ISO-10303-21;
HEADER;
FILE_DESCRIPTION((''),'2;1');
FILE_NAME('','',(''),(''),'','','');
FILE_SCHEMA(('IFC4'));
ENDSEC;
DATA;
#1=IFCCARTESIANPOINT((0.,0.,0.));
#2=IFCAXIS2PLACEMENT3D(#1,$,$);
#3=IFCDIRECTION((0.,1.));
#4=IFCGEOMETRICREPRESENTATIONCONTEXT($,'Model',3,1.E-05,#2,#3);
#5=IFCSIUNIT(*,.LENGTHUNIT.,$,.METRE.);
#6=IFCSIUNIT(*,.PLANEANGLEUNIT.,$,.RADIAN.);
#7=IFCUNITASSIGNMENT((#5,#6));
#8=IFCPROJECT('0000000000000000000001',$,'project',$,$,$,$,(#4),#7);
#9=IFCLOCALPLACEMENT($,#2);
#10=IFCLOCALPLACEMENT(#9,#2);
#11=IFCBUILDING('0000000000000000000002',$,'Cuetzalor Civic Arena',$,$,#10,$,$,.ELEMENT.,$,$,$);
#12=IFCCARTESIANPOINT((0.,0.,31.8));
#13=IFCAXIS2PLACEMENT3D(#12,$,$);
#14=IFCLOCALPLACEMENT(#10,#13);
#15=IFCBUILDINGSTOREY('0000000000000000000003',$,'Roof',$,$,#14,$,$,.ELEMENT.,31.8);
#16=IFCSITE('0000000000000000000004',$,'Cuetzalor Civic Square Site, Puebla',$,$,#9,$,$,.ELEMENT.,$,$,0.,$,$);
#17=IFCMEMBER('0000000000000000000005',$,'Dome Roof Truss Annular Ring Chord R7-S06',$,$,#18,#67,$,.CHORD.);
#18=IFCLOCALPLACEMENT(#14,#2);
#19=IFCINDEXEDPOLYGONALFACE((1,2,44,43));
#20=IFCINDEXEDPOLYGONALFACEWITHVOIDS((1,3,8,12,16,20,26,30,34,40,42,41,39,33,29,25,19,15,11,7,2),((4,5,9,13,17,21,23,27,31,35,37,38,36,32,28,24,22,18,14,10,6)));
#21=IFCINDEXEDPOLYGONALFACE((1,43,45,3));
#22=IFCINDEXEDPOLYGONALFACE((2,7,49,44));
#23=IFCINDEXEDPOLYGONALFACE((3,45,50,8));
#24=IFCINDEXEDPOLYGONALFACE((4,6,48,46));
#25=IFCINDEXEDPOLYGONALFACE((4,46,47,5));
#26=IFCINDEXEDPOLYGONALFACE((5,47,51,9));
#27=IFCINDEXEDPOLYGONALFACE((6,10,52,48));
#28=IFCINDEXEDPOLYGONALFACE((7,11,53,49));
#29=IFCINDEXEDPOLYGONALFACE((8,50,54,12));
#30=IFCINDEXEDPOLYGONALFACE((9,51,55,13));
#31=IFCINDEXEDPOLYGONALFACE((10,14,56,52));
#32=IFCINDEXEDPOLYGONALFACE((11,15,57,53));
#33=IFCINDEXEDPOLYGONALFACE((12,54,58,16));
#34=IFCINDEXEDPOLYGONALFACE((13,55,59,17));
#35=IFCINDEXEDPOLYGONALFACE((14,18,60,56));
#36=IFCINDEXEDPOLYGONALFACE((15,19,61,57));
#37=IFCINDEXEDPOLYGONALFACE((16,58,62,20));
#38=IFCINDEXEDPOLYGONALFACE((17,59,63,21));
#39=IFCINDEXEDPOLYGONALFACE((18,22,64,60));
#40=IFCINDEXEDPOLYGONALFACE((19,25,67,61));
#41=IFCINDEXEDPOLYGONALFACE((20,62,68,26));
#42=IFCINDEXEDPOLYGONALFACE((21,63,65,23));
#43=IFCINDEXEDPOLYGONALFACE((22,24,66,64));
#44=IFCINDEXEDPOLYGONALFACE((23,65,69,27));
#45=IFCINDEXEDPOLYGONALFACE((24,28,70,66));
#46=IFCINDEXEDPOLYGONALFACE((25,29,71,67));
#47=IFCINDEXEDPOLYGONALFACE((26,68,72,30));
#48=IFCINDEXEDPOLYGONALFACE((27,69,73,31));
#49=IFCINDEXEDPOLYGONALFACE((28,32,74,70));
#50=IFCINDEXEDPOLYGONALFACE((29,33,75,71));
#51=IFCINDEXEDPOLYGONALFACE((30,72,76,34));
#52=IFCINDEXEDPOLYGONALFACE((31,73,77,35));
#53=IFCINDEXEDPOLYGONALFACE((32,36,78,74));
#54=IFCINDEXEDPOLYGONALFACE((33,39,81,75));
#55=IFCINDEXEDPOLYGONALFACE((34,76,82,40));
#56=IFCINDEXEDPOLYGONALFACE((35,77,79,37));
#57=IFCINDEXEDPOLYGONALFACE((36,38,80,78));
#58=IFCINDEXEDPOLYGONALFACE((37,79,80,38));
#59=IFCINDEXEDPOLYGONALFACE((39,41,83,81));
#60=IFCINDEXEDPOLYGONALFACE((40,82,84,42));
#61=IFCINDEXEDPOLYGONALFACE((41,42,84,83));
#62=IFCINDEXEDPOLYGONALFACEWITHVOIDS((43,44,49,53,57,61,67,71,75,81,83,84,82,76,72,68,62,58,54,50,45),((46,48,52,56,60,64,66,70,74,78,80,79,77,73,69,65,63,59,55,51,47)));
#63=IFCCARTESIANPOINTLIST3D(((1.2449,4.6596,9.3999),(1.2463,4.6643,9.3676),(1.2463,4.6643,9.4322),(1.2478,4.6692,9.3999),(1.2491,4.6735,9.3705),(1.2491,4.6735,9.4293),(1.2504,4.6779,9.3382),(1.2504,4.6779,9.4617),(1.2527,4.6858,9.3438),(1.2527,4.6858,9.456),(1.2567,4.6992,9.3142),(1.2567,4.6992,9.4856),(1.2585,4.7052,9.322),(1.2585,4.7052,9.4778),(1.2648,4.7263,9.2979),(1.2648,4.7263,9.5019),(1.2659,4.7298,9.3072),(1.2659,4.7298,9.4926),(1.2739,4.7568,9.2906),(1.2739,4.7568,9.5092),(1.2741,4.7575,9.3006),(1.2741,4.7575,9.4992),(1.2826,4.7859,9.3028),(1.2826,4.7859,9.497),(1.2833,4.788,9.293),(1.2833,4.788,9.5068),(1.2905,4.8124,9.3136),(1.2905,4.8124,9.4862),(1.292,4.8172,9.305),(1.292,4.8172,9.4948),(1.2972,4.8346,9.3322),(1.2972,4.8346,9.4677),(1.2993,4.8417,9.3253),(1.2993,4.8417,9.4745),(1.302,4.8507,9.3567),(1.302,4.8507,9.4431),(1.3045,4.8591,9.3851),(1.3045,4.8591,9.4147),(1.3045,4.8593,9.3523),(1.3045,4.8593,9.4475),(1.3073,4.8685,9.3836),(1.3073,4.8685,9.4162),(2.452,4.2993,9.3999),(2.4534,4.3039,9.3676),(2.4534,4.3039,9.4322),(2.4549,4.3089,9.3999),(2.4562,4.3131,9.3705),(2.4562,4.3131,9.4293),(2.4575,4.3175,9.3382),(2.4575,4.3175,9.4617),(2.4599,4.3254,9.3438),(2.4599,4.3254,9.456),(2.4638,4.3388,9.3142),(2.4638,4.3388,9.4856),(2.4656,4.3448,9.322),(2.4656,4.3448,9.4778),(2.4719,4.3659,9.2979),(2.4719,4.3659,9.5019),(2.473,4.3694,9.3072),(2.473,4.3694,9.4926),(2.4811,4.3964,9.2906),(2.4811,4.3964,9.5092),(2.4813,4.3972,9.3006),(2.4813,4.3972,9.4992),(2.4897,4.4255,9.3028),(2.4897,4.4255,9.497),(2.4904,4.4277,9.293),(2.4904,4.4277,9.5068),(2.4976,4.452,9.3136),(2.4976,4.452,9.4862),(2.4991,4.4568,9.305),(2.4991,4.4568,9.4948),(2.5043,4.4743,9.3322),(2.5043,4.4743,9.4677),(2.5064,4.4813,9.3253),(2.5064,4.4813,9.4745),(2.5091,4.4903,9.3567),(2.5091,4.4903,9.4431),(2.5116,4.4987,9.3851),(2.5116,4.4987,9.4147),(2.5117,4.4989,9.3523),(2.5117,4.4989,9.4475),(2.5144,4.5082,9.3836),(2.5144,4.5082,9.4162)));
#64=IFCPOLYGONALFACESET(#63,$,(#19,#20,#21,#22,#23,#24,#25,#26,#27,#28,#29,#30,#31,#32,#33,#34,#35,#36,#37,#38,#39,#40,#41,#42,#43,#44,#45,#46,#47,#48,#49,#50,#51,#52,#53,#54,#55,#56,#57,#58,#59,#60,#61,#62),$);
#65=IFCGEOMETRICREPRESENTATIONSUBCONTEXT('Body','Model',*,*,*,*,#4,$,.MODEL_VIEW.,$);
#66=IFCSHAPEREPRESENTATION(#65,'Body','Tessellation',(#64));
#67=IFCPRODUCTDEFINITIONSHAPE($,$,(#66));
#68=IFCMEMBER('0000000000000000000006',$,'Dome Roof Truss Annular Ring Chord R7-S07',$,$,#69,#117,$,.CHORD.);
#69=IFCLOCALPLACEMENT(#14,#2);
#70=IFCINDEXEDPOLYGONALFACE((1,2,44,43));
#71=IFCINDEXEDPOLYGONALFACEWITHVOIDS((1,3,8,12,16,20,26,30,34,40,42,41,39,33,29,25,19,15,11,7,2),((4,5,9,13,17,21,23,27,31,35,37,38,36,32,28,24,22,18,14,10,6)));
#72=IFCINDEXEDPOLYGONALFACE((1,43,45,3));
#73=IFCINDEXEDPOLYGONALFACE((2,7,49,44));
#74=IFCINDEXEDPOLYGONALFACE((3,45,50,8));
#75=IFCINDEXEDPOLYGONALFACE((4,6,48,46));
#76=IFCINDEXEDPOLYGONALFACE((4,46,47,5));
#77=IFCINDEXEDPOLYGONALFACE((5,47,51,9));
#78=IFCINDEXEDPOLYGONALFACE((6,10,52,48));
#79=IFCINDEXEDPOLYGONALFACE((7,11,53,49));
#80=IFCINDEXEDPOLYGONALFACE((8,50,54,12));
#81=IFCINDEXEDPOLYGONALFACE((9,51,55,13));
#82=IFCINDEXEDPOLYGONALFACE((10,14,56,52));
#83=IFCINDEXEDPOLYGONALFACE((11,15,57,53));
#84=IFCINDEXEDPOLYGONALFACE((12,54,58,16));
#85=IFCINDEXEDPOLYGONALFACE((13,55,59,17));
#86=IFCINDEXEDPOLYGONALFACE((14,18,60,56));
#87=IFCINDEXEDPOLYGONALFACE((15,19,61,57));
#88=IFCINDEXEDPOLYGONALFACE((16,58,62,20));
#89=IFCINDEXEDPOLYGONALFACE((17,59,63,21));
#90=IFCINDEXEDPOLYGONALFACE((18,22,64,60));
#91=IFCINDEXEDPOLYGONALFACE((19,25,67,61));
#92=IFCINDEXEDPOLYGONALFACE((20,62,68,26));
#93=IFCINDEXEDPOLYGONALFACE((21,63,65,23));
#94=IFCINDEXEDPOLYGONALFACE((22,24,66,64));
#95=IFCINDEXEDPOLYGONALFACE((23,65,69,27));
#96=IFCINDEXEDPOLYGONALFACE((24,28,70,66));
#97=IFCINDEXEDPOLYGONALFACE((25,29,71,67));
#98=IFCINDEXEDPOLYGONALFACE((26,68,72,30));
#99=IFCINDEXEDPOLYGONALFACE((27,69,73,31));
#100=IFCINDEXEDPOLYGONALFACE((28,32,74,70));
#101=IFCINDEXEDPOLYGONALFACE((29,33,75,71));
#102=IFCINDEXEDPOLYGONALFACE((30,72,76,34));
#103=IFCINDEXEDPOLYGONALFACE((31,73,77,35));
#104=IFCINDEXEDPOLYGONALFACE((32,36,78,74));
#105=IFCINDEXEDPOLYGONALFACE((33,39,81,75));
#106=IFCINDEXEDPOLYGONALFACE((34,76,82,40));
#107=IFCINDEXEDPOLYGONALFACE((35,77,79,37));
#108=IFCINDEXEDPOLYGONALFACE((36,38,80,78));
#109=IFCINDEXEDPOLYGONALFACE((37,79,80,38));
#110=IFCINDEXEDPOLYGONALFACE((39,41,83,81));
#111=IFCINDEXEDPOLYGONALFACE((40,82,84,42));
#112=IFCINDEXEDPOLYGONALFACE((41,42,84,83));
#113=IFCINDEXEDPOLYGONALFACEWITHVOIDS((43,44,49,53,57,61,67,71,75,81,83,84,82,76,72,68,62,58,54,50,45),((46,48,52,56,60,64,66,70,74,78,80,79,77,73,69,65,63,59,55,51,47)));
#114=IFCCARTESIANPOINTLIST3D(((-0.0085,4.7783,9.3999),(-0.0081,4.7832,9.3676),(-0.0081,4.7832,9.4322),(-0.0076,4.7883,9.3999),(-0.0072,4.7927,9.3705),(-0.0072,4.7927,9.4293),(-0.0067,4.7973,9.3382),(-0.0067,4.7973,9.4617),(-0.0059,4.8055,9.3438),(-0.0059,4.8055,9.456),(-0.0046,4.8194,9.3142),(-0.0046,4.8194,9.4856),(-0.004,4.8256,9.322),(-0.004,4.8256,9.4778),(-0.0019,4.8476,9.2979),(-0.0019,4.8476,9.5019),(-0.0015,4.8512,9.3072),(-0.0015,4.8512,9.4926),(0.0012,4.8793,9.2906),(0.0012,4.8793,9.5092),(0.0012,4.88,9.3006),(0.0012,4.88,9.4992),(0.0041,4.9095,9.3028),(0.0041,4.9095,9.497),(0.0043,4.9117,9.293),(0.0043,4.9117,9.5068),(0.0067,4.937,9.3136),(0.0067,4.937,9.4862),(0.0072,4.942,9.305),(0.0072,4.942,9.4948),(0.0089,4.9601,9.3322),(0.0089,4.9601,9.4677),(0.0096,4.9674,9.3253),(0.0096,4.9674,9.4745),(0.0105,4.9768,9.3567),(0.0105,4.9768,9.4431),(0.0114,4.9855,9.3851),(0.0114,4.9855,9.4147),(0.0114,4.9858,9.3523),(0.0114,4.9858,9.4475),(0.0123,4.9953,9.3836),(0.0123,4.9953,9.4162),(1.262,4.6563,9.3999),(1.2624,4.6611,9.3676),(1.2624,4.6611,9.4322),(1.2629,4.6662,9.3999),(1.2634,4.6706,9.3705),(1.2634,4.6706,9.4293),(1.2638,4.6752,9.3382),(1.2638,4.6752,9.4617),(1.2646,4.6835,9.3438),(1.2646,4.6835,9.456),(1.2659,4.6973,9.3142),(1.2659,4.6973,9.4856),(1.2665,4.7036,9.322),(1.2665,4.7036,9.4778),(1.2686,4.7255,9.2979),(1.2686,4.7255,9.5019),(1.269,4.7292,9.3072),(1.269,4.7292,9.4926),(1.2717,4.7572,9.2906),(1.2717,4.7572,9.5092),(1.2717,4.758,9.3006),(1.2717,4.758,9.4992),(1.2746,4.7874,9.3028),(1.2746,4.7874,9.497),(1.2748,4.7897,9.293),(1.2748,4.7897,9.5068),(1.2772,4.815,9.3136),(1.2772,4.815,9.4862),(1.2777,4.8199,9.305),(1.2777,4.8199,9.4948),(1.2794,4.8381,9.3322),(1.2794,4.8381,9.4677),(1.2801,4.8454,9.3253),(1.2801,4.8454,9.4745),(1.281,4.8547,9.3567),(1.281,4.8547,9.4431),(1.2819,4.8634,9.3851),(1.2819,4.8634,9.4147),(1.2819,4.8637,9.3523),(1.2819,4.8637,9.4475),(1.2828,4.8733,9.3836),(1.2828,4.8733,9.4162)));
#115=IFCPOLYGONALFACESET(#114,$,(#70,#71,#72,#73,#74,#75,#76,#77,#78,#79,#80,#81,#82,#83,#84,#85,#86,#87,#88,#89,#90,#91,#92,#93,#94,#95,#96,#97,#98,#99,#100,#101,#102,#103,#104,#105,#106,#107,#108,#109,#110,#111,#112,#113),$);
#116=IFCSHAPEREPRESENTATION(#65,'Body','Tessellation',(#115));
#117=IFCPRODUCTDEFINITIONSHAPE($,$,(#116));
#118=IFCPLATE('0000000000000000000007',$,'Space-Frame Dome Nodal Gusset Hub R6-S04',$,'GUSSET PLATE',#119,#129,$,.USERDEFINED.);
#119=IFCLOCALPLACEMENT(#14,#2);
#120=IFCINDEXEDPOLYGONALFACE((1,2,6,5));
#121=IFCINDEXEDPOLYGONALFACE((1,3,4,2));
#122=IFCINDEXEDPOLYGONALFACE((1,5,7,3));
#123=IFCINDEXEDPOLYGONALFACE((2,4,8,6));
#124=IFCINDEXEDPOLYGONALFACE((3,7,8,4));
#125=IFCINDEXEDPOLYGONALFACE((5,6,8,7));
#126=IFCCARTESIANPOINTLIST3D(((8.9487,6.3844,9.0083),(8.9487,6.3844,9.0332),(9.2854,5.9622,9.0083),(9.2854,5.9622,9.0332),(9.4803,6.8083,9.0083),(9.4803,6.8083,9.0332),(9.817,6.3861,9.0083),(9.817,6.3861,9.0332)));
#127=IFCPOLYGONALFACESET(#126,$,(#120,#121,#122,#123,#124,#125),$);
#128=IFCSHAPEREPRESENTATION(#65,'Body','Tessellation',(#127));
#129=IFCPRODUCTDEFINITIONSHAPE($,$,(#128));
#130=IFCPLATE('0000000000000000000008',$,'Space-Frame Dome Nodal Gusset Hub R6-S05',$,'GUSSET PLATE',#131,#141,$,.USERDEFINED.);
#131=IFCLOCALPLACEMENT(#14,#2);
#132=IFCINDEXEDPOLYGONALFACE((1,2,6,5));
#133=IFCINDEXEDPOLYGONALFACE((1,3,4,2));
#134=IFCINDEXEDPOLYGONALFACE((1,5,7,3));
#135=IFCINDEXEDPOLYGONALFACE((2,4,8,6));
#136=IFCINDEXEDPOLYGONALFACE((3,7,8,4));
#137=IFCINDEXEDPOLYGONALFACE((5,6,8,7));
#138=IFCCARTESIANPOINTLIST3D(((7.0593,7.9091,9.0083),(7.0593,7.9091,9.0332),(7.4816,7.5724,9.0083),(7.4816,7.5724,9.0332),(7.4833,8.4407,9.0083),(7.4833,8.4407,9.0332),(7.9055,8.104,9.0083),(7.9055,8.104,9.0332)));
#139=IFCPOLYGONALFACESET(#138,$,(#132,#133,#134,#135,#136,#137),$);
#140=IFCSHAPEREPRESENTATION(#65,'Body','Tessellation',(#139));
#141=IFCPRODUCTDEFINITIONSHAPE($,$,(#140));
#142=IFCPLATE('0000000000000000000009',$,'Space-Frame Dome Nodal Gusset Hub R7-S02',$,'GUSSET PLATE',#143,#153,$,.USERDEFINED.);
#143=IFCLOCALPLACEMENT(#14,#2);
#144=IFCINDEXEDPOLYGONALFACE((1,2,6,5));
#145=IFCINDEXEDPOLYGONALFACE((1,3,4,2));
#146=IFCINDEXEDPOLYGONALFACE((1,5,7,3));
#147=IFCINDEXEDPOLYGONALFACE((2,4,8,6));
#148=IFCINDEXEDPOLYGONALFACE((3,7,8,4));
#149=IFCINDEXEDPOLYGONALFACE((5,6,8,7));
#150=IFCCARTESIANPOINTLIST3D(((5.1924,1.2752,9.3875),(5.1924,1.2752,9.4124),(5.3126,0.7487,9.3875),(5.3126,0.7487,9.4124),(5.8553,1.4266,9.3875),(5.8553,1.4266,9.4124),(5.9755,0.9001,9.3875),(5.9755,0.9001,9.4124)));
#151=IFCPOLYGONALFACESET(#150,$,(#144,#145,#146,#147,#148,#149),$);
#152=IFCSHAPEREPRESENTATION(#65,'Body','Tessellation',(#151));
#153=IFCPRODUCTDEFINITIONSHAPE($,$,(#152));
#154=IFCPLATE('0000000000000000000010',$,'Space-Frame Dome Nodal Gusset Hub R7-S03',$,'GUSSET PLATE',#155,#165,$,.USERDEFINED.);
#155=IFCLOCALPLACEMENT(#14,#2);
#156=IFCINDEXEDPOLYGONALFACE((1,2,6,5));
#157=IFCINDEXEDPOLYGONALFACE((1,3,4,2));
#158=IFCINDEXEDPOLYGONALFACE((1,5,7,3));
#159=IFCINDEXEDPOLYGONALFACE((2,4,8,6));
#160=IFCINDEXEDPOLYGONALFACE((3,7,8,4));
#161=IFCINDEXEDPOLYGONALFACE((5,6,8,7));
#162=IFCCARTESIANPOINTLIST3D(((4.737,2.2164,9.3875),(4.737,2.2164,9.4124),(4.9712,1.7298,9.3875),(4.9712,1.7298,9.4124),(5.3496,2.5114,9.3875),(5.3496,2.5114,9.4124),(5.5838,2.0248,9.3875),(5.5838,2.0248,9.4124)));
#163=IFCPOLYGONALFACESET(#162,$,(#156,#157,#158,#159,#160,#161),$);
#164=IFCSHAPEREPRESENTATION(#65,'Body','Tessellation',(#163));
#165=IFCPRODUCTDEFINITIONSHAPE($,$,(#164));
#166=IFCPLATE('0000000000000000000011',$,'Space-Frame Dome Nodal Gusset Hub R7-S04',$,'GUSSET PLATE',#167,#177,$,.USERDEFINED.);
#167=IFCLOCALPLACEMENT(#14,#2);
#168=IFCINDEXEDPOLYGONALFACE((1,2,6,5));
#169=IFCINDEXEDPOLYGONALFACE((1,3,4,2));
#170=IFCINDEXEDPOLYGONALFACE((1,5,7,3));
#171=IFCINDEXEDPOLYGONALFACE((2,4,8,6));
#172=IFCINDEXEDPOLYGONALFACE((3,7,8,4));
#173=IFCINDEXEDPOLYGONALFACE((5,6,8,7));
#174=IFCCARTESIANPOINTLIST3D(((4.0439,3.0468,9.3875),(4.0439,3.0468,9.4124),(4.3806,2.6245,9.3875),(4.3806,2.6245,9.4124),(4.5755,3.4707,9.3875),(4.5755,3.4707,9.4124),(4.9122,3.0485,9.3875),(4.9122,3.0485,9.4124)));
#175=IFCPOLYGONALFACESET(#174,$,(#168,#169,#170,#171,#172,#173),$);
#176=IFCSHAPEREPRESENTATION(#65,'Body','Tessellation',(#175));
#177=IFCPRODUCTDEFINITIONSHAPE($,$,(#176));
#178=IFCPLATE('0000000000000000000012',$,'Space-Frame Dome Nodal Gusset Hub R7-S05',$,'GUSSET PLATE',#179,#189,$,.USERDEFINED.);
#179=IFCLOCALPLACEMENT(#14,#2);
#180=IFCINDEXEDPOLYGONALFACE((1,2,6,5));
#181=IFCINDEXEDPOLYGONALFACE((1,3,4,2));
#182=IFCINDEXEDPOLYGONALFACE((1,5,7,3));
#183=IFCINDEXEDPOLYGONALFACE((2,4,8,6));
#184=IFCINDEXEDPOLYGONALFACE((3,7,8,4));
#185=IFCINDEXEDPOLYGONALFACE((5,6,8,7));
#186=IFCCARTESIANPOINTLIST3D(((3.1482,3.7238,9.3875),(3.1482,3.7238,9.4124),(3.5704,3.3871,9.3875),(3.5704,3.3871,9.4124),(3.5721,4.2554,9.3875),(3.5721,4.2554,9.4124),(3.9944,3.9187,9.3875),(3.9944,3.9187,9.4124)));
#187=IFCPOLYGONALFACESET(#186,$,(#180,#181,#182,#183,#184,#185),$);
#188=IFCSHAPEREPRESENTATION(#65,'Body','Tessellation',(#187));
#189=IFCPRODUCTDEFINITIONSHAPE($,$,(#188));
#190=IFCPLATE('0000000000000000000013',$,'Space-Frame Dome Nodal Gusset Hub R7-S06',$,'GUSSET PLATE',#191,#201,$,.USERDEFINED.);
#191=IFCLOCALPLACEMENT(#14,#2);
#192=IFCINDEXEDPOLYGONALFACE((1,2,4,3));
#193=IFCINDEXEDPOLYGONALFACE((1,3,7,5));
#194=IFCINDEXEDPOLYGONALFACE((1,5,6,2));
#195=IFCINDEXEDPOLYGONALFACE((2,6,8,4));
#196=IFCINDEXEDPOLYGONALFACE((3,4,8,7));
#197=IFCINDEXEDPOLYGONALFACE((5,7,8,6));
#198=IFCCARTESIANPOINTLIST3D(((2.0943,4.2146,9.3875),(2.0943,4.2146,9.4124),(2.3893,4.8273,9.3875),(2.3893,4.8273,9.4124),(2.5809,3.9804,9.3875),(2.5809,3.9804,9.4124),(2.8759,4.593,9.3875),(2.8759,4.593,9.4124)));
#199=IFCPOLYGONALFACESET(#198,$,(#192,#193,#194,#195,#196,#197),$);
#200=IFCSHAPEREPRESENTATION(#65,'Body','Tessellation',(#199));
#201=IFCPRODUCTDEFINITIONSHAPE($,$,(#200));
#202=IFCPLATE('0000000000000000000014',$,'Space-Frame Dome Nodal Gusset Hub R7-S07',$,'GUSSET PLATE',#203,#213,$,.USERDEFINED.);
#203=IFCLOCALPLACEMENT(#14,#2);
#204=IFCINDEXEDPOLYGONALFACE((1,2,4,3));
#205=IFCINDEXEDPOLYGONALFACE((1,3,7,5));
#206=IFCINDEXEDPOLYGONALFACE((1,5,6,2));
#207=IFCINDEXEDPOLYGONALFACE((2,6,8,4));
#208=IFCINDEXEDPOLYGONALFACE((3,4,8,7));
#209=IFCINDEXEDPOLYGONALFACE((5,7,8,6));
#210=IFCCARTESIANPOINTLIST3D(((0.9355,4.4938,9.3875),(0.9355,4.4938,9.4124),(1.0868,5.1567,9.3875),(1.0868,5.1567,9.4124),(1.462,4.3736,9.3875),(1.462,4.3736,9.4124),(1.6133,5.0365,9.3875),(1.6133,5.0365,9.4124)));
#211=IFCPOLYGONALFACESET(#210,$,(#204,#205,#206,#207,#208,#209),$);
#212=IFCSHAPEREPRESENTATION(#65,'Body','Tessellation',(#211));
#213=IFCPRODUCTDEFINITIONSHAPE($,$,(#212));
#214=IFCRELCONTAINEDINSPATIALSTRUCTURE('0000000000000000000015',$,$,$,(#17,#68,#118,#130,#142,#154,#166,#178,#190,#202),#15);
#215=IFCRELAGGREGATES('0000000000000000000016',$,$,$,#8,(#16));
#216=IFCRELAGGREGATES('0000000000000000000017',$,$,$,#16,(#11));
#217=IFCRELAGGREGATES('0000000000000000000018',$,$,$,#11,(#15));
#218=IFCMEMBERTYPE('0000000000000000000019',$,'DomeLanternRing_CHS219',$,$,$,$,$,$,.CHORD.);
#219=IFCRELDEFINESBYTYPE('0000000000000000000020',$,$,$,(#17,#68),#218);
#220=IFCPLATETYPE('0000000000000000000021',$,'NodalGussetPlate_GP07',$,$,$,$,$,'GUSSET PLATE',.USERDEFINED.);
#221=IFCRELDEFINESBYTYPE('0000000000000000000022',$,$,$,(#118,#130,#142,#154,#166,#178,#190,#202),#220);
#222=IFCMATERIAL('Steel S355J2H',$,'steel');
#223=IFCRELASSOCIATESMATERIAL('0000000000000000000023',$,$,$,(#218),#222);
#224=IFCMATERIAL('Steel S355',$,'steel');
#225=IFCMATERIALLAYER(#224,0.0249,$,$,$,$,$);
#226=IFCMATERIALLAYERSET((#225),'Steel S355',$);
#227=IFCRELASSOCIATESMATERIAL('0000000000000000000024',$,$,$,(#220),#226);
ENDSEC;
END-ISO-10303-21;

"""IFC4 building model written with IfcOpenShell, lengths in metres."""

from ifc_helpers import new_model, si_unit, direction, frame, origin, origin_2d, place, context, subcontext, project, spatial, rectangle, hollow_circle, extrude, material, layer, layer_set, material_profile, profile_set, type_object, element, save


model = new_model("IFC4")

# Units and contexts
model_context = context("Model", 3, precision=1e-05, world=origin(), true_north=direction((0.0, 1.0)))
body_context = subcontext(model_context, "Body", "Model", "MODEL_VIEW")
ifc_project = project(units=[si_unit("LENGTHUNIT", "METRE"), si_unit("PLANEANGLEUNIT", "RADIAN")], contexts=[model_context])

# Site, building, storey
site_placement = place(None, origin())
site = spatial("IfcSite", under=ifc_project, at=site_placement, Name="Cuetzalor Civic Square Site, Puebla", CompositionType="ELEMENT", RefElevation=0.0)
building_placement = place(site_placement, origin())
building = spatial("IfcBuilding", under=site, at=building_placement, Name="Cuetzalor Civic Arena", CompositionType="ELEMENT")
storey_placement = place(building_placement, frame((0.0, 0.0, 31.8)))
storey = spatial("IfcBuildingStorey", under=building, at=storey_placement, Name="Roof", CompositionType="ELEMENT", Elevation=31.8)

# Members
ifc_material_1 = material(Name="Steel S355J2H", Category="steel")
ifc_material_profile_1 = material_profile(ifc_material_1, hollow_circle(Radius=0.1096, WallThickness=0.01, at=origin_2d()), Name="CHS 219.1x10")
ifc_profile_set_1 = profile_set([ifc_material_profile_1], Name="Steel S355J2H")
member_type_1 = type_object("IfcMemberType", Name="DomeLanternRing_CHS219", PredefinedType="CHORD", material=ifc_profile_set_1)
member_1_placement = place(storey_placement, frame((2.4834, 4.4043, 9.3999), z_axis=(-0.958209, 0.286067, 0.0), x_axis=(-0.286067, -0.958209, 0.0)))
element("IfcMember", 1, at=member_1_placement, inside=storey, type_object=member_type_1, Name="Dome Roof Truss Annular Ring Chord R7-S06", PredefinedType="CHORD", context=body_context, shape_type="SweptSolid", body=[
    extrude(hollow_circle(Radius=0.1096, WallThickness=0.01, at=origin_2d()), origin(), (0.0, 0.0, 1.0), 1.2598),
])
member_2_placement = place(storey_placement, frame((1.2725, 4.7654, 9.3999), z_axis=(-0.995416, 0.09564, 0.0), x_axis=(-0.09564, -0.995416, 0.0)))
element("IfcMember", 2, at=member_2_placement, inside=storey, type_object=member_type_1, Name="Dome Roof Truss Annular Ring Chord R7-S07", PredefinedType="CHORD", context=body_context, shape_type="SweptSolid", body=[
    extrude(hollow_circle(Radius=0.1096, WallThickness=0.01, at=origin_2d()), origin(), (0.0, 0.0, 1.0), 1.2764),
])

# Plates
ifc_material_2 = material(Name="Steel S355", Category="steel")
ifc_layer_1 = layer(ifc_material_2, 0.0249)
ifc_layer_set_1 = layer_set([ifc_layer_1], Name="Steel S355")
plate_type = type_object("IfcPlateType", Name="NodalGussetPlate_GP07", ElementType="GUSSET PLATE", PredefinedType="USERDEFINED", material=ifc_layer_set_1)
for number, where, z_axis, x_axis, name in (
    (3, (9.3828, 6.3853, 9.0083), (0.0, 0.0, 1.0), (0.781847, 0.62347, 0.0), "Space-Frame Dome Nodal Gusset Hub R6-S04"),
    (4, (7.4824, 8.0066, 9.0083), (0.0, 0.0, 1.0), (0.62347, 0.781847, 0.0), "Space-Frame Dome Nodal Gusset Hub R6-S05"),
    (5, (5.584, 1.0876, 9.3875), (0.0, 0.0, 1.0), (0.974917, 0.22257, 0.0), "Space-Frame Dome Nodal Gusset Hub R7-S02"),
    (6, (5.1604, 2.1206, 9.3875), (0.0, 0.0, 1.0), (0.901001, 0.433816, 0.0), "Space-Frame Dome Nodal Gusset Hub R7-S03"),
    (7, (4.478, 3.0476, 9.3875), (0.0, 0.0, 1.0), (0.781847, 0.62347, 0.0), "Space-Frame Dome Nodal Gusset Hub R7-S04"),
    (8, (3.5713, 3.8213, 9.3875), (0.0, 0.0, 1.0), (0.62347, 0.781847, 0.0), "Space-Frame Dome Nodal Gusset Hub R7-S05"),
    (9, (2.4851, 4.4038, 9.3875), (0.0, 0.0, 1.0), (0.433816, 0.901001, 0.0), "Space-Frame Dome Nodal Gusset Hub R7-S06"),
    (10, (1.2744, 4.7651, 9.3875), (0.0, 0.0, 1.0), (0.22257, 0.974917, 0.0), "Space-Frame Dome Nodal Gusset Hub R7-S07"),
):
    element("IfcPlate", number, at=place(storey_placement, frame(where, z_axis=z_axis, x_axis=x_axis)), inside=storey, type_object=plate_type, Name=name, ObjectType="GUSSET PLATE", PredefinedType="USERDEFINED", context=body_context, shape_type="SweptSolid", body=[
        extrude(rectangle(XDim=0.6799, YDim=0.54, at=origin_2d()), origin(), (0.0, 0.0, 1.0), 0.0249),
    ])

save(model, "model.ifc")
